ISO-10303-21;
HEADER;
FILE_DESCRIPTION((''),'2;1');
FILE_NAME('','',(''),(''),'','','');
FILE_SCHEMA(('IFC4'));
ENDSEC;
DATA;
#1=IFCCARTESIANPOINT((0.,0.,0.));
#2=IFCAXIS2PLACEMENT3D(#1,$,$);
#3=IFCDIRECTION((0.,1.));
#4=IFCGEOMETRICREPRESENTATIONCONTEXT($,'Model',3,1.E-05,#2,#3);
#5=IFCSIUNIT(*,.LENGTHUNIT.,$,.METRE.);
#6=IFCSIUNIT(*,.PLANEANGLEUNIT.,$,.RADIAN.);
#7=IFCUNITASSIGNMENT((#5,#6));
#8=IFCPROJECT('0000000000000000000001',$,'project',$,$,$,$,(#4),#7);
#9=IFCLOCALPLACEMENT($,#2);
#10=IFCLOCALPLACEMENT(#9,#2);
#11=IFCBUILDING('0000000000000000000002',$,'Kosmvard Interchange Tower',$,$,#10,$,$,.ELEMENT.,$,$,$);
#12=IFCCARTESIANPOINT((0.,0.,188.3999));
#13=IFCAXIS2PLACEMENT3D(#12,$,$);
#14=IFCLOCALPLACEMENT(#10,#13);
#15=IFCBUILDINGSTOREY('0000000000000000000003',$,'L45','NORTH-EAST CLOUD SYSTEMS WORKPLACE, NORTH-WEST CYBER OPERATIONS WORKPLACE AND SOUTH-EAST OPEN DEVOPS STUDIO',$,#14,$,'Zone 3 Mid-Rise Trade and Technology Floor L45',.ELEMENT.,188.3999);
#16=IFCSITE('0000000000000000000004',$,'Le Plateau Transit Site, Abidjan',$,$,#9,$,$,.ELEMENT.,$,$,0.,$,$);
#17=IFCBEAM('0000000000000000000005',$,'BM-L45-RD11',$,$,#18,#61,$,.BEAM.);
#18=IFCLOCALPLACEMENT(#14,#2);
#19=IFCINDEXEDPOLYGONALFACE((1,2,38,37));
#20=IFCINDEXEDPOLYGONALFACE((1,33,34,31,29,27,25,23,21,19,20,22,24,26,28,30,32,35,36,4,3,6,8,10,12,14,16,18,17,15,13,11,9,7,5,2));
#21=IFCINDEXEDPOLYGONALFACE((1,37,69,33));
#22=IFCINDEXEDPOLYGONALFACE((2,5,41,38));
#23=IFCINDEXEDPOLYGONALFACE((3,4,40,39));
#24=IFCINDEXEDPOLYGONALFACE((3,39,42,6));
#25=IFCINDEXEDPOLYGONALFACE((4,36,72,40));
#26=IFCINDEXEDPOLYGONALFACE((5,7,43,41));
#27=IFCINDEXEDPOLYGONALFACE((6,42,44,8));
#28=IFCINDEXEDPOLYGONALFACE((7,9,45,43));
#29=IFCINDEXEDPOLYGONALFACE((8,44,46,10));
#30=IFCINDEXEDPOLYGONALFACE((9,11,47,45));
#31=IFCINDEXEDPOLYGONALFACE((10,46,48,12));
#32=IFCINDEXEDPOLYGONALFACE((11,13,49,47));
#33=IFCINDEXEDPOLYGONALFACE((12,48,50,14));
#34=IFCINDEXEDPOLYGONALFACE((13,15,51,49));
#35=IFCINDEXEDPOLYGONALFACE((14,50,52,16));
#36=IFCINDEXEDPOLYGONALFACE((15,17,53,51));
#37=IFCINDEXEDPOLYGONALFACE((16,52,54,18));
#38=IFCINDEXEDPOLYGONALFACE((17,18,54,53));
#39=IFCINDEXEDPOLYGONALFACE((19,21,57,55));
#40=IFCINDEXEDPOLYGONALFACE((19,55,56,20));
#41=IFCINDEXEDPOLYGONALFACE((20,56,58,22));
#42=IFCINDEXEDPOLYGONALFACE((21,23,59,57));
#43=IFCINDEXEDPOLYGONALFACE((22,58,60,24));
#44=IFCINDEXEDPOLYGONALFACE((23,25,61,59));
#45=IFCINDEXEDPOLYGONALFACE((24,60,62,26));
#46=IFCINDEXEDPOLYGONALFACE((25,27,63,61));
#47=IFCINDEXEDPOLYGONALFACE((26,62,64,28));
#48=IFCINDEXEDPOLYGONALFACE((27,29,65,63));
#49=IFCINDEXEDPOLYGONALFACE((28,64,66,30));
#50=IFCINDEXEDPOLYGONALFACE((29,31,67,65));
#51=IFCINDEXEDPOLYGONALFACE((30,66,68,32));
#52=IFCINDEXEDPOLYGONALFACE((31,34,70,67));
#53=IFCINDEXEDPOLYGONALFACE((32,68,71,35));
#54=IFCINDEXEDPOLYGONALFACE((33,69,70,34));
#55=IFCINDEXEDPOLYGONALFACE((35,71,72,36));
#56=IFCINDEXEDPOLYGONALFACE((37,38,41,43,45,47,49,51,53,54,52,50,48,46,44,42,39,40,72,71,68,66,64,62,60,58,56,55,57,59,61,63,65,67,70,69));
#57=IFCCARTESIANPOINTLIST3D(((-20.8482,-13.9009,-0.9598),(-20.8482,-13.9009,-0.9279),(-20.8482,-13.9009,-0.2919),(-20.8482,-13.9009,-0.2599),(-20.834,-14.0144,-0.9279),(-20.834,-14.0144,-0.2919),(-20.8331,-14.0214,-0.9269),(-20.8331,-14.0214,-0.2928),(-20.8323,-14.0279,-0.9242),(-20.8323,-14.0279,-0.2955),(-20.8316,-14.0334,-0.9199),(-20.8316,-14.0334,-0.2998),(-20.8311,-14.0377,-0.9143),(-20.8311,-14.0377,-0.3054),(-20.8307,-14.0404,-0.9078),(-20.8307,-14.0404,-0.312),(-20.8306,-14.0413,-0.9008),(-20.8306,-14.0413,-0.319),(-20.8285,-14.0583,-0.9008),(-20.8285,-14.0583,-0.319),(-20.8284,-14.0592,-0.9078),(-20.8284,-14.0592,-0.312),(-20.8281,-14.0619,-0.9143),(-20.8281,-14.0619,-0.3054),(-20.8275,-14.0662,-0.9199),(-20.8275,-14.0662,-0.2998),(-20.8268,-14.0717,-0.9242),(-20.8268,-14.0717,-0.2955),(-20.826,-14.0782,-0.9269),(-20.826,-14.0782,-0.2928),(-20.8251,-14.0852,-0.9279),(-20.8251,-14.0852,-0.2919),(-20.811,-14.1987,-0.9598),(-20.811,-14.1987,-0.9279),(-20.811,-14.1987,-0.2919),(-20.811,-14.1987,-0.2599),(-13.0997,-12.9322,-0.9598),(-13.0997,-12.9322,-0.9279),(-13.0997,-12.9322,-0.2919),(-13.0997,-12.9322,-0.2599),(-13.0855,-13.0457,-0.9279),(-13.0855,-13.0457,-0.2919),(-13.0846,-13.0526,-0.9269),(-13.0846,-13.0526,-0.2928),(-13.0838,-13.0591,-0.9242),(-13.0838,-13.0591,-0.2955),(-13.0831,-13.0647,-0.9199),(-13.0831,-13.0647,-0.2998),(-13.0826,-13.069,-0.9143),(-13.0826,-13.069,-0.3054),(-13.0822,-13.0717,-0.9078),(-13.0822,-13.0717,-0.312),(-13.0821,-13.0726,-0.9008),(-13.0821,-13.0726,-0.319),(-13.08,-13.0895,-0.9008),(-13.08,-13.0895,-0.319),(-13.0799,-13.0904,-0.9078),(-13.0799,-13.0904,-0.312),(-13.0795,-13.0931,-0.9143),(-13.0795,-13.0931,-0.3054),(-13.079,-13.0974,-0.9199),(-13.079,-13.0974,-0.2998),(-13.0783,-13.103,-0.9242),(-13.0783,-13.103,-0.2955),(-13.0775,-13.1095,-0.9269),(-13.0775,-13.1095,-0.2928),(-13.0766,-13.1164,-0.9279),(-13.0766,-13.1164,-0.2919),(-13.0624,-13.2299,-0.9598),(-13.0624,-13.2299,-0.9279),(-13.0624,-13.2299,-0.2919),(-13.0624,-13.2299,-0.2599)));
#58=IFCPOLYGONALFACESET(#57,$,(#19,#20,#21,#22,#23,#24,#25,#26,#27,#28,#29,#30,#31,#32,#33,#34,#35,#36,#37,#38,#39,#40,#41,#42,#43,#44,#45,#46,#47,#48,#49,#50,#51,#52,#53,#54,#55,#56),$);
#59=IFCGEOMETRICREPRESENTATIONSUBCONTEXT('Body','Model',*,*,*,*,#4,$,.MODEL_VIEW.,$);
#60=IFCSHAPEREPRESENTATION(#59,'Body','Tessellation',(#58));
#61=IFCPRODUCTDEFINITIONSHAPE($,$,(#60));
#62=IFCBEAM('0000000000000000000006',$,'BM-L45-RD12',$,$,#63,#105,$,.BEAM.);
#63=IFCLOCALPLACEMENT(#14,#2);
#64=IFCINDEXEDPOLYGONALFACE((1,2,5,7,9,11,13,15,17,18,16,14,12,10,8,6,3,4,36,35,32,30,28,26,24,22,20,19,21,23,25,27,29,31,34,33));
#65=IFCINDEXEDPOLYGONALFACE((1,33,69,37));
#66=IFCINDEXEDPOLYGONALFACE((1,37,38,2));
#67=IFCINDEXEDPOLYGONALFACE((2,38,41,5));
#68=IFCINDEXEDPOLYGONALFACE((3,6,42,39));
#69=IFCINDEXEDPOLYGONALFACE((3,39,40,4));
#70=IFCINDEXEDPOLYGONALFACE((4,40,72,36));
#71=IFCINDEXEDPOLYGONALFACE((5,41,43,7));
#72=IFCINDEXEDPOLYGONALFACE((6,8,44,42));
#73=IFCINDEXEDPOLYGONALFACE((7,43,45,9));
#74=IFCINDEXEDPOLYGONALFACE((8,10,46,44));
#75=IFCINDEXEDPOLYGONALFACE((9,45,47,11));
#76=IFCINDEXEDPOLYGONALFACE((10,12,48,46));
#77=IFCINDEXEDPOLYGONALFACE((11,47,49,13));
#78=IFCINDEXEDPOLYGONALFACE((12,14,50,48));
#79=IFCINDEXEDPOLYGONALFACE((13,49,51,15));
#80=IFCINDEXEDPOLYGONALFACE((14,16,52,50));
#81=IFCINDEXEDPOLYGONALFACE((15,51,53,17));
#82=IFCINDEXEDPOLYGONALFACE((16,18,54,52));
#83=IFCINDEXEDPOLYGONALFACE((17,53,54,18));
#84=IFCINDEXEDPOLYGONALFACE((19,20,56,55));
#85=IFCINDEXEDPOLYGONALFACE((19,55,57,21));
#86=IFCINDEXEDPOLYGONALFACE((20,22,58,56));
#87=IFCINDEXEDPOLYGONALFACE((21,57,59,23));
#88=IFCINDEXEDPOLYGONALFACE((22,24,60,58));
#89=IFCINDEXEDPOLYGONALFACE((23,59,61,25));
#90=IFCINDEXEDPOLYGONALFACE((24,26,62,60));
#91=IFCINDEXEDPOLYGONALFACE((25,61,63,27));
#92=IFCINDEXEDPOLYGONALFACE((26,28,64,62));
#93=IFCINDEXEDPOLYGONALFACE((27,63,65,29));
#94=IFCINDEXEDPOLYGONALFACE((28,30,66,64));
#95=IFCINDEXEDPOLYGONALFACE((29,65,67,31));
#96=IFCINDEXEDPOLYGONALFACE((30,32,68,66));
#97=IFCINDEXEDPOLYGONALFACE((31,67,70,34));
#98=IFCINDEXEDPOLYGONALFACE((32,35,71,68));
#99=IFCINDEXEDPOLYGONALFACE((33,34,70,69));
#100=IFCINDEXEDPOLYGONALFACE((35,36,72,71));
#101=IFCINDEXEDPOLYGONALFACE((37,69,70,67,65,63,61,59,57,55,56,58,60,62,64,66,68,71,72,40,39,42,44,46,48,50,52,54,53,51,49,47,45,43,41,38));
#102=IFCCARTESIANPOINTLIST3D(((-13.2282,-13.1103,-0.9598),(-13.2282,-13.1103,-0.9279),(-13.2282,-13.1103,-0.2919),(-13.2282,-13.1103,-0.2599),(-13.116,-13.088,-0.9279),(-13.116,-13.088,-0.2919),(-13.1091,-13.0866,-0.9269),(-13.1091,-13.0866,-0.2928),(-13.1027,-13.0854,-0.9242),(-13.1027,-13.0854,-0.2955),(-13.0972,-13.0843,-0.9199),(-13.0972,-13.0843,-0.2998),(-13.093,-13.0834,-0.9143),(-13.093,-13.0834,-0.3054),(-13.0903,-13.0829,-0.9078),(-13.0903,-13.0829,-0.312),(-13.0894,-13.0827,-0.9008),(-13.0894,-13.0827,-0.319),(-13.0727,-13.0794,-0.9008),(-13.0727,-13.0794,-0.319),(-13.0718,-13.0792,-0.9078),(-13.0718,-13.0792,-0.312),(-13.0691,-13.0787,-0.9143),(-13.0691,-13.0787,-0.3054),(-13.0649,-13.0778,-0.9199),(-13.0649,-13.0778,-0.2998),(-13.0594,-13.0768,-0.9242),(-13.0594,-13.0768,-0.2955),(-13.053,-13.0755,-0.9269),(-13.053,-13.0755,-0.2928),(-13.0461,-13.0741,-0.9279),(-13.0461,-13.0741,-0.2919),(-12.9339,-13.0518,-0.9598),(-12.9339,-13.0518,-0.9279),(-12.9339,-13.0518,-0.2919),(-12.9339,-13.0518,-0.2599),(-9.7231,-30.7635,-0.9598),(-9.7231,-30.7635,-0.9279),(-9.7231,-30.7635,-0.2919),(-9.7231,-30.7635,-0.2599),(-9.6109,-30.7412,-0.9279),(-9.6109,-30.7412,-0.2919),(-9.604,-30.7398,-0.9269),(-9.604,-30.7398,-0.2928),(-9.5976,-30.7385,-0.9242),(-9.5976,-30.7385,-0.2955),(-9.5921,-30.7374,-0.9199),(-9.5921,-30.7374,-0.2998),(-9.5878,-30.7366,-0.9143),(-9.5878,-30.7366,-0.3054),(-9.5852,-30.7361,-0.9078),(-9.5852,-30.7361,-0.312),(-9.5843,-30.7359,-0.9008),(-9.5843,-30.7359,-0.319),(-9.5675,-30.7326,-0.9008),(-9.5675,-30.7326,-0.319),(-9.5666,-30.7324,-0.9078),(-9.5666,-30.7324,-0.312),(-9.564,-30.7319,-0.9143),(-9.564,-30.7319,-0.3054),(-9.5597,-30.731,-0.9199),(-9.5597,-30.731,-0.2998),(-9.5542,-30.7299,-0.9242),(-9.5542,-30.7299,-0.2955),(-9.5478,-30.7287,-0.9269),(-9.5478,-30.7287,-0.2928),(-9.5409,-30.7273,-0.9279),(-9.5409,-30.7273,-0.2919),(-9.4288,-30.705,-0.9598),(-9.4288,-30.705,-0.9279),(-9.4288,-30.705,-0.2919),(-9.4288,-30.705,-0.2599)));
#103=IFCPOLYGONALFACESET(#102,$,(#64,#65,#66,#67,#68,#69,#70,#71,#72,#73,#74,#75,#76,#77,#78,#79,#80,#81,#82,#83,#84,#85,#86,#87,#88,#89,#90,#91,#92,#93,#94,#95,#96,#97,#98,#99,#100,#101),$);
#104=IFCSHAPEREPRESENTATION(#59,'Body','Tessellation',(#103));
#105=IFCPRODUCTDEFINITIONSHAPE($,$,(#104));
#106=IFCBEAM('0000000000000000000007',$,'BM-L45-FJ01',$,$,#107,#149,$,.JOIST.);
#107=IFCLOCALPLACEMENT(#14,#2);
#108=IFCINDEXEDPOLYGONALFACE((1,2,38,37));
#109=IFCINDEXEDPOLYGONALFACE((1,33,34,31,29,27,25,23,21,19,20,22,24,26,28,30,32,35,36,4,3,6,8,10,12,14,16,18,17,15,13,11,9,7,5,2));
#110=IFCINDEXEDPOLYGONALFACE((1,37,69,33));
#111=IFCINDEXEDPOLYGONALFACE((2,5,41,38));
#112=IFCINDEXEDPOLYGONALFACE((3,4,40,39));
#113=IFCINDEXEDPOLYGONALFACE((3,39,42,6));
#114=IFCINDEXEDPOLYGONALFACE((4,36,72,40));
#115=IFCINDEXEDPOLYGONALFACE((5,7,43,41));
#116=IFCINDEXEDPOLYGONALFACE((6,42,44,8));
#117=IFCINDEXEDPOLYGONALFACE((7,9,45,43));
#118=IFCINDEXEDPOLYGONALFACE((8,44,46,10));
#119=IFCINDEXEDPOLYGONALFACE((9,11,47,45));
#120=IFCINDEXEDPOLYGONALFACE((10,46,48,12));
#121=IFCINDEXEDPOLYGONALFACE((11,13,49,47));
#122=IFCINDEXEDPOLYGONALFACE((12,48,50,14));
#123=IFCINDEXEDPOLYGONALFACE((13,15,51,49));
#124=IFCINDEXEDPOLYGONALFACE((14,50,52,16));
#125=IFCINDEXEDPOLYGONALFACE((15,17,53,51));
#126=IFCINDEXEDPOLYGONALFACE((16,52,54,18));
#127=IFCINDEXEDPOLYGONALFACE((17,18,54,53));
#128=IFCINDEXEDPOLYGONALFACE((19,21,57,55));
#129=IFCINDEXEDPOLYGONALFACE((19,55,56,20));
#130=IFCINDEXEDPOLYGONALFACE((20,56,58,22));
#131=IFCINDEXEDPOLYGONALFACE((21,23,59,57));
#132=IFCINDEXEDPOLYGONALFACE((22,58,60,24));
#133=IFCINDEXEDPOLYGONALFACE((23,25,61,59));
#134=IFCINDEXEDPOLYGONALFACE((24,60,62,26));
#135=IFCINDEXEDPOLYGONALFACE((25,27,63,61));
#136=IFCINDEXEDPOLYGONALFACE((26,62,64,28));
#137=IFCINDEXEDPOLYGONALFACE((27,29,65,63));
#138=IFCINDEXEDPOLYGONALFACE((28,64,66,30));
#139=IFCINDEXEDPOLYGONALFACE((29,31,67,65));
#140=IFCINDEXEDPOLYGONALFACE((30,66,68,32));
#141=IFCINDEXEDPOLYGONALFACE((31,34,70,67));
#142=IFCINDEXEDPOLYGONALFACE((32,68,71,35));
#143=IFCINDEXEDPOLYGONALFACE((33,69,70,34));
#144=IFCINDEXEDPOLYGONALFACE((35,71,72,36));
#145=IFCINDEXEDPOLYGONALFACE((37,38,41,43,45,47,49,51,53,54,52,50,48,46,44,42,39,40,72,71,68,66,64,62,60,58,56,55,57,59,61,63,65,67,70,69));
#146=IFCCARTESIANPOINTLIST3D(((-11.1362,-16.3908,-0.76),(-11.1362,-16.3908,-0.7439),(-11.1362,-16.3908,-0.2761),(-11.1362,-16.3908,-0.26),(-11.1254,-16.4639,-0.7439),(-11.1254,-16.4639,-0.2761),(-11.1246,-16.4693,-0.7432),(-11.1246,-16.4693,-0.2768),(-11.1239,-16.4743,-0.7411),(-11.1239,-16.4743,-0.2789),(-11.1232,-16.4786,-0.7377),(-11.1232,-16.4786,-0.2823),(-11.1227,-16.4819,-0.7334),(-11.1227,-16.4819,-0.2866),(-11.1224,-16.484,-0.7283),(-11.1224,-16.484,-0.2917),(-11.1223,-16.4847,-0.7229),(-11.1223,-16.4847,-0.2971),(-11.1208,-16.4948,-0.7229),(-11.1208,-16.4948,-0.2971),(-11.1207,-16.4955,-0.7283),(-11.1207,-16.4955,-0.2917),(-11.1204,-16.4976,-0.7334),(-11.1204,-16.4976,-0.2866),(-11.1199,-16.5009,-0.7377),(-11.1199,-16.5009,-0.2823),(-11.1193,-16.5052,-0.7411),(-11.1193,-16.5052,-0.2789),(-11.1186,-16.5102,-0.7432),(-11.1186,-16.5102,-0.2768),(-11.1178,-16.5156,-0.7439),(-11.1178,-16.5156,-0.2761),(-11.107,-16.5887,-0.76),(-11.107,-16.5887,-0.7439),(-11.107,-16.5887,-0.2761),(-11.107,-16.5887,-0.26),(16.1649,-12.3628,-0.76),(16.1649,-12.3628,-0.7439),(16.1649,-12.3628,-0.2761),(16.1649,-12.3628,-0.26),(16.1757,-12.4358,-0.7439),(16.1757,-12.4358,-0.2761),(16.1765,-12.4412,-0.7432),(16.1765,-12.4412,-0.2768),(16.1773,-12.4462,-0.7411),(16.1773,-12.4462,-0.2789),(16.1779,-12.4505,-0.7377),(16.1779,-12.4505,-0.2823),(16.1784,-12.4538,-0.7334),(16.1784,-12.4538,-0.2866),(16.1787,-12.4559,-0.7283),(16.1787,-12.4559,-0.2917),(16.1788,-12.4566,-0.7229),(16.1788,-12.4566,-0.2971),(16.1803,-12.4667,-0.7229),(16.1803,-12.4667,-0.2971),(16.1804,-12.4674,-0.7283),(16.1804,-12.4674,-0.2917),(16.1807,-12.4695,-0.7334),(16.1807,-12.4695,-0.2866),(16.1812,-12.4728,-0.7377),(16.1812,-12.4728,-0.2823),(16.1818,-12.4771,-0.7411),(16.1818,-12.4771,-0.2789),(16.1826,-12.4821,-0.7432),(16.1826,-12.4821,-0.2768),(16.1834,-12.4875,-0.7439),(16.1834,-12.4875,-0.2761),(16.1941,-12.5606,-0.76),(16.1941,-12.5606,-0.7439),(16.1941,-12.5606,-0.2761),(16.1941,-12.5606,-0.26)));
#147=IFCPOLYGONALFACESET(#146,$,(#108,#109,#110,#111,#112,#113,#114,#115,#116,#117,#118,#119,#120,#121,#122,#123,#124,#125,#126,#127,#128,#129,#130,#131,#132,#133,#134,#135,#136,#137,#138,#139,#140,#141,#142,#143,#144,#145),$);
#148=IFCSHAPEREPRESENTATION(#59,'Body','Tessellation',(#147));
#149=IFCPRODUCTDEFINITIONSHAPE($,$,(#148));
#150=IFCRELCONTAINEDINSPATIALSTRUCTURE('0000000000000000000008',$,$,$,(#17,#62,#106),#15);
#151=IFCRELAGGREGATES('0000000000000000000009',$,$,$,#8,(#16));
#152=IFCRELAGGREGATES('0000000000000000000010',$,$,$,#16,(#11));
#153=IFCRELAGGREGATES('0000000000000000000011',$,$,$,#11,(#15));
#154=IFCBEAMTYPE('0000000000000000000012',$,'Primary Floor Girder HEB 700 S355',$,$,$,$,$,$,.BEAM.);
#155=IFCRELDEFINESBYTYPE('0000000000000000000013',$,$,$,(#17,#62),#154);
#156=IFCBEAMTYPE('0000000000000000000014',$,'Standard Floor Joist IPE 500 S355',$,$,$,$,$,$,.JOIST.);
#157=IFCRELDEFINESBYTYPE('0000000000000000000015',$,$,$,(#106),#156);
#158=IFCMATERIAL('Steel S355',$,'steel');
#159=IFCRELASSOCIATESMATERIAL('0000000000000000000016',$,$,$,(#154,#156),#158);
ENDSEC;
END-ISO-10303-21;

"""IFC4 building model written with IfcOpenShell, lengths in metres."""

from ifc_helpers import new_model, si_unit, direction, frame, origin, origin_2d, place, context, subcontext, project, spatial, i_section, extrude, source, transform, mapped, material, material_profile, profile_set, type_object, element, save


model = new_model("IFC4")

# Units and contexts
model_context = context("Model", 3, precision=1e-05, world=origin(), true_north=direction((0.0, 1.0)))
body_context = subcontext(model_context, "Body", "Model", "MODEL_VIEW")
ifc_project = project(units=[si_unit("LENGTHUNIT", "METRE"), si_unit("PLANEANGLEUNIT", "RADIAN")], contexts=[model_context])

# Site, building, storey
site_placement = place(None, origin())
site = spatial("IfcSite", under=ifc_project, at=site_placement, Name="Le Plateau Transit Site, Abidjan", CompositionType="ELEMENT", RefElevation=0.0)
building_placement = place(site_placement, origin())
building = spatial("IfcBuilding", under=site, at=building_placement, Name="Kosmvard Interchange Tower", CompositionType="ELEMENT")
storey_placement = place(building_placement, frame((0.0, 0.0, 188.3999)))
storey = spatial("IfcBuildingStorey", under=building, at=storey_placement, Name="L45", Description="NORTH-EAST CLOUD SYSTEMS WORKPLACE, NORTH-WEST CYBER OPERATIONS WORKPLACE AND SOUTH-EAST OPEN DEVOPS STUDIO", LongName="Zone 3 Mid-Rise Trade and Technology Floor L45", CompositionType="ELEMENT", Elevation=188.3999)

# Beams
ifc_material_1 = material(Name="Steel S355", Category="steel")
ifc_material_profile_1 = material_profile(ifc_material_1, i_section(OverallWidth=0.3, OverallDepth=0.7, WebThickness=0.0171, FlangeThickness=0.032, FilletRadius=0.0271, at=origin_2d()), Name="HEB 700")
ifc_profile_set_1 = profile_set([ifc_material_profile_1], Name="Steel S355")
beam_type_1 = type_object("IfcBeamType", Name="Primary Floor Girder HEB 700 S355", PredefinedType="BEAM", material=ifc_profile_set_1)
shared_shape_1 = source(origin(), body_context, "Body", "SweptSolid", [
    extrude(i_section(OverallWidth=0.3, OverallDepth=0.7, WebThickness=0.0171, FlangeThickness=0.032, FilletRadius=0.0271, at=origin_2d()), origin(), (0.0, 0.0, 1.0), 7.8088),
])
beam_1_placement = place(storey_placement, frame((-13.0811, -13.0811, -0.6099), z_axis=(-0.992275, -0.124058, 0.0), x_axis=(0.124058, -0.992275, 0.0)))
element("IfcBeam", 1, at=beam_1_placement, inside=storey, type_object=beam_type_1, Name="BM-L45-RD11", PredefinedType="BEAM", context=body_context, shape_type="MappedRepresentation", body=[
    mapped(shared_shape_1, transform((0.0, 0.0, 0.0), scale=1.0)),
])
shared_shape_2 = source(origin(), body_context, "Body", "SweptSolid", [
    extrude(i_section(OverallWidth=0.3, OverallDepth=0.7, WebThickness=0.0171, FlangeThickness=0.032, FilletRadius=0.0271, at=origin_2d()), origin(), (0.0, 0.0, 1.0), 17.9978),
])
beam_2_placement = place(storey_placement, frame((-13.0811, -13.0811, -0.6099), z_axis=(0.194754, -0.980852, 0.0), x_axis=(0.980852, 0.194754, 0.0)))
element("IfcBeam", 2, at=beam_2_placement, inside=storey, type_object=beam_type_1, Name="BM-L45-RD12", PredefinedType="BEAM", context=body_context, shape_type="MappedRepresentation", body=[
    mapped(shared_shape_2, transform((0.0, 0.0, 0.0), scale=1.0)),
])
ifc_material_profile_2 = material_profile(ifc_material_1, i_section(OverallWidth=0.2, OverallDepth=0.5, WebThickness=0.0103, FlangeThickness=0.0161, FilletRadius=0.021, at=origin_2d()), Name="IPE 500")
ifc_profile_set_2 = profile_set([ifc_material_profile_2], Name="Steel S355")
beam_type_2 = type_object("IfcBeamType", Name="Standard Floor Joist IPE 500 S355", PredefinedType="JOIST", material=ifc_profile_set_2)
shared_shape_3 = source(origin(), body_context, "Body", "SweptSolid", [
    extrude(i_section(OverallWidth=0.2, OverallDepth=0.5, WebThickness=0.0103, FlangeThickness=0.0161, FilletRadius=0.021, at=origin_2d()), origin(), (0.0, 0.0, 1.0), 27.5967),
])
beam_3_placement = place(storey_placement, frame((-11.1216, -16.4897, -0.51), z_axis=(0.98929, 0.145963, 0.0), x_axis=(-0.145963, 0.98929, 0.0)))
element("IfcBeam", 3, at=beam_3_placement, inside=storey, type_object=beam_type_2, Name="BM-L45-FJ01", PredefinedType="JOIST", context=body_context, shape_type="MappedRepresentation", body=[
    mapped(shared_shape_3, transform((0.0, 0.0, 0.0), scale=1.0)),
])

save(model, "model.ifc")
